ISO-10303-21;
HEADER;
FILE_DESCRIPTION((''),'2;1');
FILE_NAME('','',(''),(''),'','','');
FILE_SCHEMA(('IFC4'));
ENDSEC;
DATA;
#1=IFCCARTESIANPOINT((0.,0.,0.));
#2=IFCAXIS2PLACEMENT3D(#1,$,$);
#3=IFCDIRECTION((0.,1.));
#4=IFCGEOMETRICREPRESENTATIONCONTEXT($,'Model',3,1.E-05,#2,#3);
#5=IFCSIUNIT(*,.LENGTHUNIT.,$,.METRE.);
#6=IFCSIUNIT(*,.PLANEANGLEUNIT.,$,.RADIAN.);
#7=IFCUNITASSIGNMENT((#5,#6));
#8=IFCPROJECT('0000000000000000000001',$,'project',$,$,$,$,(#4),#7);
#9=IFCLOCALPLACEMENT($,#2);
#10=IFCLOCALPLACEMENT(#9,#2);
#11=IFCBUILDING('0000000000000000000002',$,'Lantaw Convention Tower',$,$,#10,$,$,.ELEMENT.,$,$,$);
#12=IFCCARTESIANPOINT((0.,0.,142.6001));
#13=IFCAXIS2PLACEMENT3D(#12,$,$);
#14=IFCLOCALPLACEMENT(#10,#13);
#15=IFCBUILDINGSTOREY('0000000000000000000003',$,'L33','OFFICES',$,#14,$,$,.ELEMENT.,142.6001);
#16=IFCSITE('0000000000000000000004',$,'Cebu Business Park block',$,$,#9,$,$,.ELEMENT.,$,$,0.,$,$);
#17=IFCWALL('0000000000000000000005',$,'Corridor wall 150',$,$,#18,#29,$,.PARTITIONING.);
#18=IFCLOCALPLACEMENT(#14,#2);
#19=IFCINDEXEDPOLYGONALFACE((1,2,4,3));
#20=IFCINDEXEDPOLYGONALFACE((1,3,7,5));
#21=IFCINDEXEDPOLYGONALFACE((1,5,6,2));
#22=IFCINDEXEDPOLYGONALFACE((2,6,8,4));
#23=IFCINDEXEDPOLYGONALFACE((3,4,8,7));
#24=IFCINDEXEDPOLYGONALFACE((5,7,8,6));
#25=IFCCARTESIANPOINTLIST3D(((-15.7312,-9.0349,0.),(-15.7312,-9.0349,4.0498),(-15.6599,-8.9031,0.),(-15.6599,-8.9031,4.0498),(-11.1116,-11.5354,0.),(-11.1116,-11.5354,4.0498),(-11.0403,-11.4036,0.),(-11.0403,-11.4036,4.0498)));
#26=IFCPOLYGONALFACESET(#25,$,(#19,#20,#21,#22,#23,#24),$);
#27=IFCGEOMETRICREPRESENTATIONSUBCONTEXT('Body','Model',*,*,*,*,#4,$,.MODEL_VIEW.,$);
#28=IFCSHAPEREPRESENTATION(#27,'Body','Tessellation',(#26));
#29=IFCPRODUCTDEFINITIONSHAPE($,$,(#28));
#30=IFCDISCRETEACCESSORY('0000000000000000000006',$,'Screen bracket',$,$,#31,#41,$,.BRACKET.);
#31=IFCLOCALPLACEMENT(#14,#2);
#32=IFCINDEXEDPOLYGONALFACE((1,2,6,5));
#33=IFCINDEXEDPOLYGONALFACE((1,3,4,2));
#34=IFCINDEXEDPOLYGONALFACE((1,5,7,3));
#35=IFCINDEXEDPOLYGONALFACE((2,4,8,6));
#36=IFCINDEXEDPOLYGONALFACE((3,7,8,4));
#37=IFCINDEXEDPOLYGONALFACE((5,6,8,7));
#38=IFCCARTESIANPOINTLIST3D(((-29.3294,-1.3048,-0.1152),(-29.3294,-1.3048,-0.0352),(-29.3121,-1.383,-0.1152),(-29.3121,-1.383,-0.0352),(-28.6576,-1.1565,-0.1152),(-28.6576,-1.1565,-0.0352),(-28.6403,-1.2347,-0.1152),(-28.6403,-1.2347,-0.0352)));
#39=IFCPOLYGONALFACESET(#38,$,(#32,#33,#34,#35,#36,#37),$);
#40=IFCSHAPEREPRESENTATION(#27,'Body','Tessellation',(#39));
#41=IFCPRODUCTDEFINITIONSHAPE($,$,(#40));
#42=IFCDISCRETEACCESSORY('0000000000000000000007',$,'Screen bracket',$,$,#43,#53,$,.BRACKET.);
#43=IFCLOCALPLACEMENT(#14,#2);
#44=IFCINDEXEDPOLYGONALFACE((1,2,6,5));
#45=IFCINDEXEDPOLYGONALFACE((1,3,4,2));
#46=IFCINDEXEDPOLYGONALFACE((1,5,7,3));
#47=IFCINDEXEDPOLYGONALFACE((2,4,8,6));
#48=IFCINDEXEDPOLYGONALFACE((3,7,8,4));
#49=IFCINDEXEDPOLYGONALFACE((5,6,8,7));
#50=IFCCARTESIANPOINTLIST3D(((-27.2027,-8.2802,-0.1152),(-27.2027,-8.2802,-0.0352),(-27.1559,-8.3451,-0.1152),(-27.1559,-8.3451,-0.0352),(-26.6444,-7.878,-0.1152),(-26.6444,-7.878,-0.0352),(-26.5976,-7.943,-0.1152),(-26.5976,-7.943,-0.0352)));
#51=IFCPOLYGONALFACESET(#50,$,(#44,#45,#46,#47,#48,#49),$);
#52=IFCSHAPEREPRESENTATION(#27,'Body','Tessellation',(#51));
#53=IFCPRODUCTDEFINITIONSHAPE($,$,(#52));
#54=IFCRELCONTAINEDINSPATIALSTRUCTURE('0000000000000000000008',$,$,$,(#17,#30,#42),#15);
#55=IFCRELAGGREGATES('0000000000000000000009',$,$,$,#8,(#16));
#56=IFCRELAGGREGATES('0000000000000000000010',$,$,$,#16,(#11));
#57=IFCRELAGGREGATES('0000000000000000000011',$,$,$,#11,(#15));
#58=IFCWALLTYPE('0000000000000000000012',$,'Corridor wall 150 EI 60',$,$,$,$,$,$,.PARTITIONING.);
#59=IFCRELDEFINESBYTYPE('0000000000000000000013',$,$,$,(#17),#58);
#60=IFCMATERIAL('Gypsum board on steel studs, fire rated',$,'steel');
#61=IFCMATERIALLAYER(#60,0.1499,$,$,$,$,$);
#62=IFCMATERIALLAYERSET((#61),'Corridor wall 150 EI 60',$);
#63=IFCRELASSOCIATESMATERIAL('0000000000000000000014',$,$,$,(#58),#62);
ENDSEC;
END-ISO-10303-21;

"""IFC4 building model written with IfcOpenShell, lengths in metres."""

from ifc_helpers import new_model, si_unit, direction, frame, frame_2d, origin, origin_2d, place, context, subcontext, project, spatial, rectangle, extrude, material, layer, layer_set, type_object, element, save


model = new_model("IFC4")

# Units and contexts
model_context = context("Model", 3, precision=1e-05, world=origin(), true_north=direction((0.0, 1.0)))
body_context = subcontext(model_context, "Body", "Model", "MODEL_VIEW")
ifc_project = project(units=[si_unit("LENGTHUNIT", "METRE"), si_unit("PLANEANGLEUNIT", "RADIAN")], contexts=[model_context])

# Site, building, storey
site_placement = place(None, origin())
site = spatial("IfcSite", under=ifc_project, at=site_placement, Name="Cebu Business Park block", CompositionType="ELEMENT", RefElevation=0.0)
building_placement = place(site_placement, origin())
building = spatial("IfcBuilding", under=site, at=building_placement, Name="Lantaw Convention Tower", CompositionType="ELEMENT")
storey_placement = place(building_placement, frame((0.0, 0.0, 142.6001)))
storey = spatial("IfcBuildingStorey", under=building, at=storey_placement, Name="L33", Description="OFFICES", CompositionType="ELEMENT", Elevation=142.6001)

# Wall
ifc_material_1 = material(Name="Gypsum board on steel studs, fire rated", Category="steel")
ifc_layer_1 = layer(ifc_material_1, 0.1499)
ifc_layer_set_1 = layer_set([ifc_layer_1], Name="Corridor wall 150 EI 60")
wall_type = type_object("IfcWallType", Name="Corridor wall 150 EI 60", PredefinedType="PARTITIONING", material=ifc_layer_set_1)
wall_1_placement = place(storey_placement, frame((-15.6956, -8.969, 0.0), z_axis=(0.0, 0.0, 1.0), x_axis=(0.879436, -0.476017, 0.0)))
element("IfcWall", 1, at=wall_1_placement, inside=storey, type_object=wall_type, Name="Corridor wall 150", PredefinedType="PARTITIONING", context=body_context, shape_type="SweptSolid", body=[
    extrude(rectangle(XDim=5.2529, YDim=0.1499, at=frame_2d((2.6265, 0.0))), origin(), (0.0, 0.0, 1.0), 4.0498),
])

# Discrete accessories
for number, where, z_axis, x_axis, name in (
    (2, (-28.9849, -1.2698, -0.1152), (0.0, 0.0, 1.0), (0.215546, -0.976494, 0.0), "Screen bracket"),
    (3, (-26.9001, -8.1116, -0.1152), (0.0, 0.0, 1.0), (0.584513, -0.811385, 0.0), "Screen bracket"),
):
    element("IfcDiscreteAccessory", number, at=place(storey_placement, frame(where, z_axis=z_axis, x_axis=x_axis)), inside=storey, Name=name, PredefinedType="BRACKET", context=body_context, shape_type="SweptSolid", body=[
        extrude(rectangle(XDim=0.0801, YDim=0.688, at=origin_2d()), origin(), (0.0, 0.0, 1.0), 0.0801),
    ])

save(model, "model.ifc")
